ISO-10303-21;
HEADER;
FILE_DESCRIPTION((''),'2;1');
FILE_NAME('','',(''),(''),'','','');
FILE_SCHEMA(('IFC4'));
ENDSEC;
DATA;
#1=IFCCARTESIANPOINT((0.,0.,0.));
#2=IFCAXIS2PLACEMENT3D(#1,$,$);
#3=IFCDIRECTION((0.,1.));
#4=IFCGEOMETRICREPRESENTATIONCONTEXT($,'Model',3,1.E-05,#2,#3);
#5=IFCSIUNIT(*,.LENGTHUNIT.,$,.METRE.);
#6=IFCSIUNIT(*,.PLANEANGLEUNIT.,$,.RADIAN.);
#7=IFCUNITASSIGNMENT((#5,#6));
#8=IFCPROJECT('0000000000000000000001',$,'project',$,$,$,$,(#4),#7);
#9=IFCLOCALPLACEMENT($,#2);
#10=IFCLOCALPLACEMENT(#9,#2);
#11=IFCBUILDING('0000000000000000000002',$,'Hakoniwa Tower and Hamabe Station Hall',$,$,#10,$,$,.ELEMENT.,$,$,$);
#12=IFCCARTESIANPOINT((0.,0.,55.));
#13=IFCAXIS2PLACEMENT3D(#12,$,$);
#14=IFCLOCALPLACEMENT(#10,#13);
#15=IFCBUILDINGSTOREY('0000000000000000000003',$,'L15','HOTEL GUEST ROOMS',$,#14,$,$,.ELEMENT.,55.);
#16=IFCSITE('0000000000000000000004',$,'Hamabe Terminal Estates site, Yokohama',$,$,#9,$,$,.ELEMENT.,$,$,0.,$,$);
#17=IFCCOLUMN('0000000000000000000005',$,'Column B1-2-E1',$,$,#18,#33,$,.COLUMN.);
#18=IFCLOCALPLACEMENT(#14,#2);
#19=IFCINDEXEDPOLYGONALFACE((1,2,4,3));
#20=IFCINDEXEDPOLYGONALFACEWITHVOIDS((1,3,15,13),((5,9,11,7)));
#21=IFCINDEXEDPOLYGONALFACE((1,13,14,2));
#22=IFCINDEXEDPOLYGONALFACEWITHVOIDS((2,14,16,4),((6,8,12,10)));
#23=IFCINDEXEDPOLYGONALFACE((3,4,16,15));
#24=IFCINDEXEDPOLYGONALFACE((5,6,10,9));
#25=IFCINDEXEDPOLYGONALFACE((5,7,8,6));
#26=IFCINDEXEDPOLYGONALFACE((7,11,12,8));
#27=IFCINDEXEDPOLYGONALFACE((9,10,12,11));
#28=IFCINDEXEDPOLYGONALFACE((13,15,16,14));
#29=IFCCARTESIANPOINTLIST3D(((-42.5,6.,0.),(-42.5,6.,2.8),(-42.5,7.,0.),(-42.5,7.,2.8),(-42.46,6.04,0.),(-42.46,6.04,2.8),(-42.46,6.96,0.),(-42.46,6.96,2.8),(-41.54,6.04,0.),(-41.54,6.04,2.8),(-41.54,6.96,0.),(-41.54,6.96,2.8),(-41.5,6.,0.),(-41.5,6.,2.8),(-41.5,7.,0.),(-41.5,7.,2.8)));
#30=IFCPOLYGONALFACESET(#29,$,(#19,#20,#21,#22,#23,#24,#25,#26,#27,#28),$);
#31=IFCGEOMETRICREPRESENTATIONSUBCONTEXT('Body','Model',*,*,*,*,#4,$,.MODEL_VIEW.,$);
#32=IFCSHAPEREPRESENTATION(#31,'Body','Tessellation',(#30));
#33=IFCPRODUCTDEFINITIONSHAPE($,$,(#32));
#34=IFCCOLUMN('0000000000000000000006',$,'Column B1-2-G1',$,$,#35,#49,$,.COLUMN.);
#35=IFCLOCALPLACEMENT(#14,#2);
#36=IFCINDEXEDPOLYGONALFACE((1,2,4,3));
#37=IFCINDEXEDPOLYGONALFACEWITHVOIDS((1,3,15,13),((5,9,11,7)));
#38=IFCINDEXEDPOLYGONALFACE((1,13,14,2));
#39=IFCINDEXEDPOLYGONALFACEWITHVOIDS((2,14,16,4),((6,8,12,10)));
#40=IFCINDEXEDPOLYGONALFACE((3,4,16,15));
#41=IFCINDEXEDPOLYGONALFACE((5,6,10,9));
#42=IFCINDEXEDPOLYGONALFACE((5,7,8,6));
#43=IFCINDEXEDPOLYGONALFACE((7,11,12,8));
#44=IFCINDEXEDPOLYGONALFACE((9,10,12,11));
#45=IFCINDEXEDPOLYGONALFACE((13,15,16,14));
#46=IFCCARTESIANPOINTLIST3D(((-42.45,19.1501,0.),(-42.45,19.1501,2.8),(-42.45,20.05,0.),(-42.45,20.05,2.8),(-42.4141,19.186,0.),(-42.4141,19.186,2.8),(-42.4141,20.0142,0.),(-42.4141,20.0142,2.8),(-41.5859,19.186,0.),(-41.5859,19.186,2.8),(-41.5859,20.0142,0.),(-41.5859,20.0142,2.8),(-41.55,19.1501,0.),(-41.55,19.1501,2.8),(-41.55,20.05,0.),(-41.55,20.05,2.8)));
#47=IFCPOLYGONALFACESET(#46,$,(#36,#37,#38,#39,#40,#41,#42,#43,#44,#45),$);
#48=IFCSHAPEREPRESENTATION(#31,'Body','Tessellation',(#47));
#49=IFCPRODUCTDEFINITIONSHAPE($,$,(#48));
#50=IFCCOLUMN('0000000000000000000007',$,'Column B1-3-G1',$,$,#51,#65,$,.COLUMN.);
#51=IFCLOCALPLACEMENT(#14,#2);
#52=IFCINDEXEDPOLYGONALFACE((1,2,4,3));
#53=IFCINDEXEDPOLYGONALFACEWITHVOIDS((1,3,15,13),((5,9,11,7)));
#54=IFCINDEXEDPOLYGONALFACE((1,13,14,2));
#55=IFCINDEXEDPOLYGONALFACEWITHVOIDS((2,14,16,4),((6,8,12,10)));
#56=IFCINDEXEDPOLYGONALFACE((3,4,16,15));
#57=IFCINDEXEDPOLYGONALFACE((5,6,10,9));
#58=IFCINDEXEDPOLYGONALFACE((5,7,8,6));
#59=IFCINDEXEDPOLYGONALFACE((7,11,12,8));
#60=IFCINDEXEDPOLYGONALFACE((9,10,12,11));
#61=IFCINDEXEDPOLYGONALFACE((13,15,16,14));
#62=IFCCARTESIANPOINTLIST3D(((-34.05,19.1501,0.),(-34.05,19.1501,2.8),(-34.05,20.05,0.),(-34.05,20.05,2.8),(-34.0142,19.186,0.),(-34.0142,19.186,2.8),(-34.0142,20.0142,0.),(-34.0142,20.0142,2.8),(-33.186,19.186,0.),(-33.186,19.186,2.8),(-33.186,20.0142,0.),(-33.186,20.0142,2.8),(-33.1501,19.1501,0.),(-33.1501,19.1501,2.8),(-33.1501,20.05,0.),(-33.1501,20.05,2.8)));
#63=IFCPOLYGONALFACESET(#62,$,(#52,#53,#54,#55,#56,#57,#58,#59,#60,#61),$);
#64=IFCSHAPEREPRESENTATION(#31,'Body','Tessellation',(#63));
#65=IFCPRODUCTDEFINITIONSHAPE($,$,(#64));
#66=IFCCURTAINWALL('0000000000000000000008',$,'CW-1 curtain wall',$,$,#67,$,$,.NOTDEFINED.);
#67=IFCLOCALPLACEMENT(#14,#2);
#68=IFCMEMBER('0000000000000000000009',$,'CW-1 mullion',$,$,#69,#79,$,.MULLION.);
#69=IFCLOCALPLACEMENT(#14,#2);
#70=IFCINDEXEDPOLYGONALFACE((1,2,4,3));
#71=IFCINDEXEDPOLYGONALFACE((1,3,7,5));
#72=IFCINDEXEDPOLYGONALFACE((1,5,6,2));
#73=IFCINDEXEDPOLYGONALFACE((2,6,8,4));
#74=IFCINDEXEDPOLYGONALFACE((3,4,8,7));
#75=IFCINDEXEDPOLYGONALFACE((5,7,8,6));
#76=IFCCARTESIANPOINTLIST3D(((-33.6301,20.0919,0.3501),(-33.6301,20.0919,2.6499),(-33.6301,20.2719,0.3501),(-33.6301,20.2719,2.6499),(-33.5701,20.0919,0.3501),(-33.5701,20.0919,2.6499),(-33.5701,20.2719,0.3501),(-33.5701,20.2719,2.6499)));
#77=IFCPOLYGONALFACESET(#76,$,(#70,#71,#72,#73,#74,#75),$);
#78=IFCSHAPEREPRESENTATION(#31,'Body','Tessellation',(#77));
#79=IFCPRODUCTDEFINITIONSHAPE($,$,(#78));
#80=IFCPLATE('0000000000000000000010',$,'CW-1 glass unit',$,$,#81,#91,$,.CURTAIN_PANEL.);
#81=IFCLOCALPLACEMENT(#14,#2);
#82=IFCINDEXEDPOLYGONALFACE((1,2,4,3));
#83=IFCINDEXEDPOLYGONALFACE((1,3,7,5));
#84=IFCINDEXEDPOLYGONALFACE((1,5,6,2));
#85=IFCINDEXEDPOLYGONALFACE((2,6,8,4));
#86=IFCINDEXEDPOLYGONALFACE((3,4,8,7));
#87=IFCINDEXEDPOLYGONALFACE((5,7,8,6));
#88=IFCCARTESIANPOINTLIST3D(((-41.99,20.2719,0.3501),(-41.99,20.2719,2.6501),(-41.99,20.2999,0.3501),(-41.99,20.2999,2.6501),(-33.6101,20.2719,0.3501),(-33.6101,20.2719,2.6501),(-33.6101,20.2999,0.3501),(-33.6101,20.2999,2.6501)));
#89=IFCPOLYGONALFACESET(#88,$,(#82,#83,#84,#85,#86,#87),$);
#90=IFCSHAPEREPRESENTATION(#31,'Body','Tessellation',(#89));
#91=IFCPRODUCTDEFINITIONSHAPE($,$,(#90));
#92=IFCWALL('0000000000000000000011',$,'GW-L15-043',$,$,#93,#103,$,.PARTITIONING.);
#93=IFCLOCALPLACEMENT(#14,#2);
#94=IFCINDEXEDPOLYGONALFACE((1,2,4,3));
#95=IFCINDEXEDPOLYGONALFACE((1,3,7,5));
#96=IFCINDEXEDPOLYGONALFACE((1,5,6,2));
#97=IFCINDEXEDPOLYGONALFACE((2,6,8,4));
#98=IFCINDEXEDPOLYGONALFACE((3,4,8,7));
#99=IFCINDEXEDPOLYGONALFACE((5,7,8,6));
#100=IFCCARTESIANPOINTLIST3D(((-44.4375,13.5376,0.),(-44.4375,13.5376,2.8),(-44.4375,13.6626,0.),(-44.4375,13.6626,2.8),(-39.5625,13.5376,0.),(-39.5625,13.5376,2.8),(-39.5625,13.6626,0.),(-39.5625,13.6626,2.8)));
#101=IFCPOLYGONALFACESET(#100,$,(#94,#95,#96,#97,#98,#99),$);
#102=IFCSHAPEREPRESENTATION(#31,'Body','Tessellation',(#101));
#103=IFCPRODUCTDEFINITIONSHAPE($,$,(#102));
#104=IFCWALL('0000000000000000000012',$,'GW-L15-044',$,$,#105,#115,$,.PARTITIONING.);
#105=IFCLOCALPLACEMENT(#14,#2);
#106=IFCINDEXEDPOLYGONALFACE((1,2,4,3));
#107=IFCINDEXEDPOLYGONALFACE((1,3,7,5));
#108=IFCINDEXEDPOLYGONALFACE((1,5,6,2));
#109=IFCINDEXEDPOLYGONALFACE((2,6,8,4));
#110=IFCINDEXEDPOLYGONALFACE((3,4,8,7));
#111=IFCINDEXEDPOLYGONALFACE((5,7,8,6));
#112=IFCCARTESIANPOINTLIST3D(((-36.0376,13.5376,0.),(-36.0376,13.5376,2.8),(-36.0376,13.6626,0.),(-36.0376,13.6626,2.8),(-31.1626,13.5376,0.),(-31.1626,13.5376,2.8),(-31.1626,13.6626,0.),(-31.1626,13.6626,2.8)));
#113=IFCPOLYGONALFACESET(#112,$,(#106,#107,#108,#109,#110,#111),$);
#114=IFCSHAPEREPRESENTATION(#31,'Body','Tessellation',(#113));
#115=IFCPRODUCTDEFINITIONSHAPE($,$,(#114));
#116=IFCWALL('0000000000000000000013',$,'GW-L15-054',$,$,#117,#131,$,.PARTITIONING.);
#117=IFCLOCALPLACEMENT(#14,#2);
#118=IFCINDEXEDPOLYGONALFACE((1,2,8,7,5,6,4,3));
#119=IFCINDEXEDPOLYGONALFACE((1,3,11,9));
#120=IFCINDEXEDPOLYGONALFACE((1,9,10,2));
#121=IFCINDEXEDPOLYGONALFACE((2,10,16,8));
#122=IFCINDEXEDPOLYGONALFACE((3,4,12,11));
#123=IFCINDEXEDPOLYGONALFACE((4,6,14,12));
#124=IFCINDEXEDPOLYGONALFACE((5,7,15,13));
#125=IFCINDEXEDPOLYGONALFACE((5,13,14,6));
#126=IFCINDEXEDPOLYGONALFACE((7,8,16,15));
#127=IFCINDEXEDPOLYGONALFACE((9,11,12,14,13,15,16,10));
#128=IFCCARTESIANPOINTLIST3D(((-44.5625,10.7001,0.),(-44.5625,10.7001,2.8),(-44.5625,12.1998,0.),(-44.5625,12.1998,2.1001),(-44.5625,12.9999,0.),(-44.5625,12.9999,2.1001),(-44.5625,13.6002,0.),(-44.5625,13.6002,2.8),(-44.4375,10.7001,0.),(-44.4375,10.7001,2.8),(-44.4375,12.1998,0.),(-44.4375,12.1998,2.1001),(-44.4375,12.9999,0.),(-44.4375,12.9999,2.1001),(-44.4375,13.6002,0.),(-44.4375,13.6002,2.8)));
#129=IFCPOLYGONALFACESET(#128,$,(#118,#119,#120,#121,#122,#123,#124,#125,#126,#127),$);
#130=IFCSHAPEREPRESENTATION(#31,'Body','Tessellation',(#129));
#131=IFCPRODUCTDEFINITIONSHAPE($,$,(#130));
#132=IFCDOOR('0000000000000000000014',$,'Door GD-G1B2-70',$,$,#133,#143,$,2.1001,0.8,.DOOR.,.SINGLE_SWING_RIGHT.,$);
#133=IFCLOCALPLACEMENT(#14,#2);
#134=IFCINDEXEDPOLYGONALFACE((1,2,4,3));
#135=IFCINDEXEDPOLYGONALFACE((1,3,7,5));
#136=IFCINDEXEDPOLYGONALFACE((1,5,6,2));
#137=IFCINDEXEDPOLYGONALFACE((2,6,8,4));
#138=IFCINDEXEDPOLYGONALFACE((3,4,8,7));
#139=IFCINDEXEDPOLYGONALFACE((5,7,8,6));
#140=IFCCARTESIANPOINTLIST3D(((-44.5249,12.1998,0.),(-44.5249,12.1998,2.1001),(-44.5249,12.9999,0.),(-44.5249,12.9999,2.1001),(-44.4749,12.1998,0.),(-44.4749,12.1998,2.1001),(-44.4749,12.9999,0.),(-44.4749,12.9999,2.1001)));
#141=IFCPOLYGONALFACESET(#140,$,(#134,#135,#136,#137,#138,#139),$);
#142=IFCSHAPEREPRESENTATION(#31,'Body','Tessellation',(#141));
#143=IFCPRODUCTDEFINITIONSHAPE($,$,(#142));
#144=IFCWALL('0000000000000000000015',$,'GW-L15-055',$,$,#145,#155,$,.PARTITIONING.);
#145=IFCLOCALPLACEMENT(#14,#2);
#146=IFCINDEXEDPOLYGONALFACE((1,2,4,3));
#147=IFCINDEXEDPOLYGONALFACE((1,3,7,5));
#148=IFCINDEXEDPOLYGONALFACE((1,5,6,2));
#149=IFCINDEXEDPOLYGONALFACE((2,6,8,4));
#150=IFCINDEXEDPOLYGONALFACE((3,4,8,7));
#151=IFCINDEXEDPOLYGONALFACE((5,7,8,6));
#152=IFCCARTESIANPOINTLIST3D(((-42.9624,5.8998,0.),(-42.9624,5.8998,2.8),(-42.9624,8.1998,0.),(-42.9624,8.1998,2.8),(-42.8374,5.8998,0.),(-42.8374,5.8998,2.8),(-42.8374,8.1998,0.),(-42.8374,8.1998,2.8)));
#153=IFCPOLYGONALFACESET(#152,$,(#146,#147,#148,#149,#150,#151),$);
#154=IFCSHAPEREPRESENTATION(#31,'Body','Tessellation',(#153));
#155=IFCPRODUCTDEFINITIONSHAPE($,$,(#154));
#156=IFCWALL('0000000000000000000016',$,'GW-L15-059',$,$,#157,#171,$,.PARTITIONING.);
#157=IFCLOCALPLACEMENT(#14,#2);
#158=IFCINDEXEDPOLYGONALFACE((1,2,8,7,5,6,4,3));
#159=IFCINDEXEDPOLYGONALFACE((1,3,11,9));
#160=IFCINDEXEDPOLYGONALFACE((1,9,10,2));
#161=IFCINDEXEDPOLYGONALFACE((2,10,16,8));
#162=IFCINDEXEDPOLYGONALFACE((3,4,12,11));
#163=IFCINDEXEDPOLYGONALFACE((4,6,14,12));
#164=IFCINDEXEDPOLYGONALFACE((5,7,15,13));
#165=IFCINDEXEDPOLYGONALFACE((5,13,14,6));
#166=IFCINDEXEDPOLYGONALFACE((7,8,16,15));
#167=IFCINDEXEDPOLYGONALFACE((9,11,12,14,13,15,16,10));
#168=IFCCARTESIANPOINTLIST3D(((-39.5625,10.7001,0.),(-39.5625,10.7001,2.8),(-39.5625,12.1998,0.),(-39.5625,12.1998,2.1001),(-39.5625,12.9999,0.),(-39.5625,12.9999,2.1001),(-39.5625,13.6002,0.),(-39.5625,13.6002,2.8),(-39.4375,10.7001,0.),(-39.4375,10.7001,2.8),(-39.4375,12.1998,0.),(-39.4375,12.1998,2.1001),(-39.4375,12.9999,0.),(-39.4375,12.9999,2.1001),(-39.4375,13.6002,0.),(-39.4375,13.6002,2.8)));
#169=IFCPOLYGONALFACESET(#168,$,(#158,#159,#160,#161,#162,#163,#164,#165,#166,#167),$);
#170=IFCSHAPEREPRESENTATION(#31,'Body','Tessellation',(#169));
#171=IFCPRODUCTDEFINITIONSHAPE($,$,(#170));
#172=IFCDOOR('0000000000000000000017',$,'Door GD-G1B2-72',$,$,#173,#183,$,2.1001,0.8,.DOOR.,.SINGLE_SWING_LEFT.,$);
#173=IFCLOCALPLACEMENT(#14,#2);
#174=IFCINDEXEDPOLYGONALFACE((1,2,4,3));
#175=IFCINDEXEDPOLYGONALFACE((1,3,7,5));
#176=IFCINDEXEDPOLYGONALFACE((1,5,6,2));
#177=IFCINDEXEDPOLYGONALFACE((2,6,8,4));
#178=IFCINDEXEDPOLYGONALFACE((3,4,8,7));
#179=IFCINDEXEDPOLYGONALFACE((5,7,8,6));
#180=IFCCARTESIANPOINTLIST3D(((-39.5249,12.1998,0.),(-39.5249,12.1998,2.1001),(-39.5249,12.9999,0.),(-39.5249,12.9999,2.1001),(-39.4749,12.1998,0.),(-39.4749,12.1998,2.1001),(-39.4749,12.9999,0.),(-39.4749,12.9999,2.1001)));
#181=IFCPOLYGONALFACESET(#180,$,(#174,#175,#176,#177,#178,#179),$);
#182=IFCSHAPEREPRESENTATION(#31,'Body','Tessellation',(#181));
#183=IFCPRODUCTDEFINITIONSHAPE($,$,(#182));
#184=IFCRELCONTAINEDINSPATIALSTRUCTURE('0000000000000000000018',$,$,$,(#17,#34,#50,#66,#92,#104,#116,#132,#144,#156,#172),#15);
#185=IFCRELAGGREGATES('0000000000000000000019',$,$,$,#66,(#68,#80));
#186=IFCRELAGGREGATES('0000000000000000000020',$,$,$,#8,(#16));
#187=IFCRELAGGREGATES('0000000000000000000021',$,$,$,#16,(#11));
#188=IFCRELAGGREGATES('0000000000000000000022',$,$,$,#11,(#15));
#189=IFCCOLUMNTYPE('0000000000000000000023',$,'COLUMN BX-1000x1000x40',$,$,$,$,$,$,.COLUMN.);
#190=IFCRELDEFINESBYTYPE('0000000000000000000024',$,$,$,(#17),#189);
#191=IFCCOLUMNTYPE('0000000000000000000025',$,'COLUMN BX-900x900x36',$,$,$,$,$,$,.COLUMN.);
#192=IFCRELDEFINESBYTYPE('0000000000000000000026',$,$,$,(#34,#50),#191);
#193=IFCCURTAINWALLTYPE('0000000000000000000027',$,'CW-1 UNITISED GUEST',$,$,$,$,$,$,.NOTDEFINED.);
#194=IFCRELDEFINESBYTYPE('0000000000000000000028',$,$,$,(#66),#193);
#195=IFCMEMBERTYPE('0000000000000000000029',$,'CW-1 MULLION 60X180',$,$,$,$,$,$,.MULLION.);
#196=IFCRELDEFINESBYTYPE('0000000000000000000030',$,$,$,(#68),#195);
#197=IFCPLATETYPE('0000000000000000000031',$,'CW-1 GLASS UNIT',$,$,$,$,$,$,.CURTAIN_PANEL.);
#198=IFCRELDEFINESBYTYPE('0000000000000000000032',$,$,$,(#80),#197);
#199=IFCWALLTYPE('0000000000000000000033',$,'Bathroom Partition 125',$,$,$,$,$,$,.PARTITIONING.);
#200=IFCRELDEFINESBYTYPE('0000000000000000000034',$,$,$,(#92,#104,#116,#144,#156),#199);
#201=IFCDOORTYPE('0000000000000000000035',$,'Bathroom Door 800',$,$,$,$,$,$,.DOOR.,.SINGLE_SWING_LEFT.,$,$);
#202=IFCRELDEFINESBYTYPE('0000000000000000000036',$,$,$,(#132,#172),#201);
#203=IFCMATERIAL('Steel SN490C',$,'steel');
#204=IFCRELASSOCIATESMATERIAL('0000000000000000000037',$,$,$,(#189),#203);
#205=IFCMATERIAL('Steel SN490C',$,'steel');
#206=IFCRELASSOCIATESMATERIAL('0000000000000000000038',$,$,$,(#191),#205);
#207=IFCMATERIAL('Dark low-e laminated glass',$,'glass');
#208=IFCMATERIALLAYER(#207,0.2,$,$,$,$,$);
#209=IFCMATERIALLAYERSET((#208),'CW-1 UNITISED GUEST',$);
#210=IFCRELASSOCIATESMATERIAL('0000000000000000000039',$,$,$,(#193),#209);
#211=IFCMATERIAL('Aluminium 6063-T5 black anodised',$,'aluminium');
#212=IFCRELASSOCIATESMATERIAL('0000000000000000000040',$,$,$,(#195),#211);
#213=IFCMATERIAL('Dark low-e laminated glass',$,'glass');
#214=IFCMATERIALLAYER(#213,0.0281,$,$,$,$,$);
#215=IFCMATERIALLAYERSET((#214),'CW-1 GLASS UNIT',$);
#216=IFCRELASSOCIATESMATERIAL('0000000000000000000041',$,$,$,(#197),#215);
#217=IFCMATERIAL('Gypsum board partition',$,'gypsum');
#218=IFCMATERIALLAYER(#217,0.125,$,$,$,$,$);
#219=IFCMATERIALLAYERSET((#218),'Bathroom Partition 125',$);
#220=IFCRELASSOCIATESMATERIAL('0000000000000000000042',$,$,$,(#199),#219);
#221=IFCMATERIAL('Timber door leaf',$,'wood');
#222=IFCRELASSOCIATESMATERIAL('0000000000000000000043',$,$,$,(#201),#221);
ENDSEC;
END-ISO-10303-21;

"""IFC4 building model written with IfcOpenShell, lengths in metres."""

from ifc_helpers import new_model, si_unit, direction, frame, frame_2d, origin, origin_2d, place, context, subcontext, project, spatial, rectangle, hollow_rectangle, extrude, material, layer, layer_set, material_profile, profile_set, type_object, element, fill, aggregate, save


model = new_model("IFC4")

# Units and contexts
model_context = context("Model", 3, precision=1e-05, world=origin(), true_north=direction((0.0, 1.0)))
body_context = subcontext(model_context, "Body", "Model", "MODEL_VIEW")
ifc_project = project(units=[si_unit("LENGTHUNIT", "METRE"), si_unit("PLANEANGLEUNIT", "RADIAN")], contexts=[model_context])

# Site, building, storey
site_placement = place(None, origin())
site = spatial("IfcSite", under=ifc_project, at=site_placement, Name="Hamabe Terminal Estates site, Yokohama", CompositionType="ELEMENT", RefElevation=0.0)
building_placement = place(site_placement, origin())
building = spatial("IfcBuilding", under=site, at=building_placement, Name="Hakoniwa Tower and Hamabe Station Hall", CompositionType="ELEMENT")
storey_placement = place(building_placement, frame((0.0, 0.0, 55.0)))
storey = spatial("IfcBuildingStorey", under=building, at=storey_placement, Name="L15", Description="HOTEL GUEST ROOMS", CompositionType="ELEMENT", Elevation=55.0)

# Columns
ifc_material_1 = material(Name="Steel SN490C", Category="steel")
ifc_material_profile_1 = material_profile(ifc_material_1, hollow_rectangle(XDim=1.0, YDim=1.0, WallThickness=0.04, at=origin_2d()), Name="BX-1000x1000x40")
ifc_profile_set_1 = profile_set([ifc_material_profile_1], Name="Steel SN490C")
column_type_1 = type_object("IfcColumnType", Name="COLUMN BX-1000x1000x40", PredefinedType="COLUMN", material=ifc_profile_set_1)
column_placement = place(storey_placement, frame((-42.0, 6.5, 0.0), z_axis=(0.0, 0.0, 1.0), x_axis=(1.0, 0.0, 0.0)))
element("IfcColumn", 1, at=column_placement, inside=storey, type_object=column_type_1, Name="Column B1-2-E1", PredefinedType="COLUMN", context=body_context, shape_type="SweptSolid", body=[
    extrude(hollow_rectangle(XDim=1.0, YDim=1.0, WallThickness=0.04, at=origin_2d()), origin(), (0.0, 0.0, 1.0), 2.8),
])
ifc_material_2 = material(Name="Steel SN490C", Category="steel")
ifc_material_profile_2 = material_profile(ifc_material_2, hollow_rectangle(XDim=0.8999, YDim=0.8999, WallThickness=0.0359, at=origin_2d()), Name="BX-900x900x36")
ifc_profile_set_2 = profile_set([ifc_material_profile_2], Name="Steel SN490C")
column_type_2 = type_object("IfcColumnType", Name="COLUMN BX-900x900x36", PredefinedType="COLUMN", material=ifc_profile_set_2)
for number, where, z_axis, x_axis, name in (
    (2, (-42.0, 19.6001, 0.0), (0.0, 0.0, 1.0), (1.0, 0.0, 0.0), "Column B1-2-G1"),
    (3, (-33.6001, 19.6001, 0.0), (0.0, 0.0, 1.0), (1.0, 0.0, 0.0), "Column B1-3-G1"),
):
    element("IfcColumn", number, at=place(storey_placement, frame(where, z_axis=z_axis, x_axis=x_axis)), inside=storey, type_object=column_type_2, Name=name, PredefinedType="COLUMN", context=body_context, shape_type="SweptSolid", body=[
        extrude(hollow_rectangle(XDim=0.8999, YDim=0.8999, WallThickness=0.0359, at=origin_2d()), origin(), (0.0, 0.0, 1.0), 2.8),
    ])

# Curtain wall, member, plate
ifc_material_3 = material(Name="Dark low-e laminated glass", Category="glass")
ifc_layer_1 = layer(ifc_material_3, 0.2)
ifc_layer_set_1 = layer_set([ifc_layer_1], Name="CW-1 UNITISED GUEST")
curtain_wall_type = type_object("IfcCurtainWallType", Name="CW-1 UNITISED GUEST", PredefinedType="NOTDEFINED", material=ifc_layer_set_1)
curtain_wall_placement = place(storey_placement, origin())
curtain_wall = element("IfcCurtainWall", 4, at=curtain_wall_placement, inside=storey, type_object=curtain_wall_type, Name="CW-1 curtain wall", PredefinedType="NOTDEFINED")
ifc_material_4 = material(Name="Aluminium 6063-T5 black anodised", Category="aluminium")
ifc_material_profile_3 = material_profile(ifc_material_4, rectangle(XDim=0.0601, YDim=0.1799, at=origin_2d()), Name="CW-1 MULLION 60X180")
ifc_profile_set_3 = profile_set([ifc_material_profile_3], Name="Aluminium 6063-T5 black anodised")
member_type = type_object("IfcMemberType", Name="CW-1 MULLION 60X180", PredefinedType="MULLION", material=ifc_profile_set_3)
member_placement = place(storey_placement, frame((-33.6001, 20.1819, 0.3501), z_axis=(0.0, 0.0, 1.0), x_axis=(-1.0, 0.0, 0.0)))
member = element("IfcMember", 5, at=member_placement, type_object=member_type, Name="CW-1 mullion", PredefinedType="MULLION", context=body_context, shape_type="SweptSolid", body=[
    extrude(rectangle(XDim=0.0601, YDim=0.1799, at=origin_2d()), origin(), (0.0, 0.0, 1.0), 2.2998),
])
ifc_material_5 = material(Name="Dark low-e laminated glass", Category="glass")
ifc_layer_2 = layer(ifc_material_5, 0.0281)
ifc_layer_set_2 = layer_set([ifc_layer_2], Name="CW-1 GLASS UNIT")
plate_type = type_object("IfcPlateType", Name="CW-1 GLASS UNIT", PredefinedType="CURTAIN_PANEL", material=ifc_layer_set_2)
plate_placement = place(storey_placement, frame((-37.8, 20.2859, 0.3501), z_axis=(0.0, 0.0, 1.0), x_axis=(-1.0, 0.0, 0.0)))
plate = element("IfcPlate", 6, at=plate_placement, type_object=plate_type, Name="CW-1 glass unit", PredefinedType="CURTAIN_PANEL", context=body_context, shape_type="SweptSolid", body=[
    extrude(rectangle(XDim=8.3799, YDim=0.0281, at=origin_2d()), origin(), (0.0, 0.0, 1.0), 2.3),
])
aggregate(curtain_wall, [member, plate])

# Walls
ifc_material_6 = material(Name="Gypsum board partition", Category="gypsum")
ifc_layer_3 = layer(ifc_material_6, 0.125)
ifc_layer_set_3 = layer_set([ifc_layer_3], Name="Bathroom Partition 125")
wall_type_1 = type_object("IfcWallType", Name="Bathroom Partition 125", PredefinedType="PARTITIONING", material=ifc_layer_set_3)
for number, where, z_axis, x_axis, name in (
    (7, (-44.4375, 13.6001, 0.0), (0.0, 0.0, 1.0), (1.0, 0.0, 0.0), "GW-L15-043"),
    (8, (-36.0376, 13.6001, 0.0), (0.0, 0.0, 1.0), (1.0, 0.0, 0.0), "GW-L15-044"),
):
    element("IfcWall", number, at=place(storey_placement, frame(where, z_axis=z_axis, x_axis=x_axis)), inside=storey, type_object=wall_type_1, Name=name, PredefinedType="PARTITIONING", context=body_context, shape_type="SweptSolid", body=[
        extrude(rectangle(XDim=4.875, YDim=0.125, at=frame_2d((2.4375, 0.0))), origin(), (0.0, 0.0, 1.0), 2.8),
    ])

# Wall, opening, door
wall_1_placement = place(storey_placement, frame((-44.5, 10.7, 0.0), z_axis=(0.0, 0.0, 1.0), x_axis=(0.0, 1.0, 0.0)))
wall_1 = element("IfcWall", 9, at=wall_1_placement, inside=storey, type_object=wall_type_1, Name="GW-L15-054", PredefinedType="PARTITIONING", context=body_context, shape_type="SweptSolid", body=[
    extrude(rectangle(XDim=2.9001, YDim=0.125, at=frame_2d((1.4502, 0.0))), origin(), (0.0, 0.0, 1.0), 2.8),
])
opening_1_placement = place(wall_1_placement, frame((1.5, 0.0, 0.0)))
opening_1 = element("IfcOpeningElement", 10, at=opening_1_placement, cuts=wall_1, PredefinedType="OPENING", context=body_context, shape_type="SweptSolid", body=[
    extrude(rectangle(XDim=0.8, YDim=2.1001, at=frame_2d((0.3999, 1.05))), frame((0.0, 0.0725, 0.0), z_axis=(0.0, -1.0, 0.0), x_axis=(1.0, 0.0, 0.0)), (0.0, 0.0, 1.0), 0.145),
])
ifc_material_7 = material(Name="Timber door leaf", Category="wood")
door_type_1 = type_object("IfcDoorType", Name="Bathroom Door 800", OperationType="SINGLE_SWING_LEFT", PredefinedType="DOOR", material=ifc_material_7)
door_1_placement = place(opening_1_placement, origin())
door_1 = element("IfcDoor", 11, at=door_1_placement, inside=storey, type_object=door_type_1, Name="Door GD-G1B2-70", OperationType="SINGLE_SWING_RIGHT", OverallHeight=2.1001, OverallWidth=0.8, PredefinedType="DOOR", context=body_context, shape_type="SweptSolid", body=[
    extrude(rectangle(XDim=0.8, YDim=2.1001, at=frame_2d((0.3999, 1.05))), frame((0.0, 0.0249, 0.0), z_axis=(0.0, -1.0, 0.0), x_axis=(1.0, 0.0, 0.0)), (0.0, 0.0, 1.0), 0.05),
])
fill(opening_1, door_1)

# Wall
wall_2_placement = place(storey_placement, frame((-42.8999, 5.8999, 0.0), z_axis=(0.0, 0.0, 1.0), x_axis=(0.0, 1.0, 0.0)))
element("IfcWall", 12, at=wall_2_placement, inside=storey, type_object=wall_type_1, Name="GW-L15-055", PredefinedType="PARTITIONING", context=body_context, shape_type="SweptSolid", body=[
    extrude(rectangle(XDim=2.3, YDim=0.125, at=frame_2d((1.1499, 0.0))), origin(), (0.0, 0.0, 1.0), 2.8),
])

# Wall, opening, door
wall_3_placement = place(storey_placement, frame((-39.5, 10.7, 0.0), z_axis=(0.0, 0.0, 1.0), x_axis=(0.0, 1.0, 0.0)))
wall_3 = element("IfcWall", 13, at=wall_3_placement, inside=storey, type_object=wall_type_1, Name="GW-L15-059", PredefinedType="PARTITIONING", context=body_context, shape_type="SweptSolid", body=[
    extrude(rectangle(XDim=2.9001, YDim=0.125, at=frame_2d((1.4502, 0.0))), origin(), (0.0, 0.0, 1.0), 2.8),
])
opening_2_placement = place(wall_3_placement, frame((1.5, 0.0, 0.0)))
opening_2 = element("IfcOpeningElement", 14, at=opening_2_placement, cuts=wall_3, PredefinedType="OPENING", context=body_context, shape_type="SweptSolid", body=[
    extrude(rectangle(XDim=0.8, YDim=2.1001, at=frame_2d((0.3999, 1.05))), frame((0.0, 0.0725, 0.0), z_axis=(0.0, -1.0, 0.0), x_axis=(1.0, 0.0, 0.0)), (0.0, 0.0, 1.0), 0.145),
])
door_2_placement = place(opening_2_placement, origin())
door_2 = element("IfcDoor", 15, at=door_2_placement, inside=storey, type_object=door_type_1, Name="Door GD-G1B2-72", OperationType="SINGLE_SWING_LEFT", OverallHeight=2.1001, OverallWidth=0.8, PredefinedType="DOOR", context=body_context, shape_type="SweptSolid", body=[
    extrude(rectangle(XDim=0.8, YDim=2.1001, at=frame_2d((0.3999, 1.05))), frame((0.0, 0.0249, 0.0), z_axis=(0.0, -1.0, 0.0), x_axis=(1.0, 0.0, 0.0)), (0.0, 0.0, 1.0), 0.05),
])
fill(opening_2, door_2)

save(model, "model.ifc")
